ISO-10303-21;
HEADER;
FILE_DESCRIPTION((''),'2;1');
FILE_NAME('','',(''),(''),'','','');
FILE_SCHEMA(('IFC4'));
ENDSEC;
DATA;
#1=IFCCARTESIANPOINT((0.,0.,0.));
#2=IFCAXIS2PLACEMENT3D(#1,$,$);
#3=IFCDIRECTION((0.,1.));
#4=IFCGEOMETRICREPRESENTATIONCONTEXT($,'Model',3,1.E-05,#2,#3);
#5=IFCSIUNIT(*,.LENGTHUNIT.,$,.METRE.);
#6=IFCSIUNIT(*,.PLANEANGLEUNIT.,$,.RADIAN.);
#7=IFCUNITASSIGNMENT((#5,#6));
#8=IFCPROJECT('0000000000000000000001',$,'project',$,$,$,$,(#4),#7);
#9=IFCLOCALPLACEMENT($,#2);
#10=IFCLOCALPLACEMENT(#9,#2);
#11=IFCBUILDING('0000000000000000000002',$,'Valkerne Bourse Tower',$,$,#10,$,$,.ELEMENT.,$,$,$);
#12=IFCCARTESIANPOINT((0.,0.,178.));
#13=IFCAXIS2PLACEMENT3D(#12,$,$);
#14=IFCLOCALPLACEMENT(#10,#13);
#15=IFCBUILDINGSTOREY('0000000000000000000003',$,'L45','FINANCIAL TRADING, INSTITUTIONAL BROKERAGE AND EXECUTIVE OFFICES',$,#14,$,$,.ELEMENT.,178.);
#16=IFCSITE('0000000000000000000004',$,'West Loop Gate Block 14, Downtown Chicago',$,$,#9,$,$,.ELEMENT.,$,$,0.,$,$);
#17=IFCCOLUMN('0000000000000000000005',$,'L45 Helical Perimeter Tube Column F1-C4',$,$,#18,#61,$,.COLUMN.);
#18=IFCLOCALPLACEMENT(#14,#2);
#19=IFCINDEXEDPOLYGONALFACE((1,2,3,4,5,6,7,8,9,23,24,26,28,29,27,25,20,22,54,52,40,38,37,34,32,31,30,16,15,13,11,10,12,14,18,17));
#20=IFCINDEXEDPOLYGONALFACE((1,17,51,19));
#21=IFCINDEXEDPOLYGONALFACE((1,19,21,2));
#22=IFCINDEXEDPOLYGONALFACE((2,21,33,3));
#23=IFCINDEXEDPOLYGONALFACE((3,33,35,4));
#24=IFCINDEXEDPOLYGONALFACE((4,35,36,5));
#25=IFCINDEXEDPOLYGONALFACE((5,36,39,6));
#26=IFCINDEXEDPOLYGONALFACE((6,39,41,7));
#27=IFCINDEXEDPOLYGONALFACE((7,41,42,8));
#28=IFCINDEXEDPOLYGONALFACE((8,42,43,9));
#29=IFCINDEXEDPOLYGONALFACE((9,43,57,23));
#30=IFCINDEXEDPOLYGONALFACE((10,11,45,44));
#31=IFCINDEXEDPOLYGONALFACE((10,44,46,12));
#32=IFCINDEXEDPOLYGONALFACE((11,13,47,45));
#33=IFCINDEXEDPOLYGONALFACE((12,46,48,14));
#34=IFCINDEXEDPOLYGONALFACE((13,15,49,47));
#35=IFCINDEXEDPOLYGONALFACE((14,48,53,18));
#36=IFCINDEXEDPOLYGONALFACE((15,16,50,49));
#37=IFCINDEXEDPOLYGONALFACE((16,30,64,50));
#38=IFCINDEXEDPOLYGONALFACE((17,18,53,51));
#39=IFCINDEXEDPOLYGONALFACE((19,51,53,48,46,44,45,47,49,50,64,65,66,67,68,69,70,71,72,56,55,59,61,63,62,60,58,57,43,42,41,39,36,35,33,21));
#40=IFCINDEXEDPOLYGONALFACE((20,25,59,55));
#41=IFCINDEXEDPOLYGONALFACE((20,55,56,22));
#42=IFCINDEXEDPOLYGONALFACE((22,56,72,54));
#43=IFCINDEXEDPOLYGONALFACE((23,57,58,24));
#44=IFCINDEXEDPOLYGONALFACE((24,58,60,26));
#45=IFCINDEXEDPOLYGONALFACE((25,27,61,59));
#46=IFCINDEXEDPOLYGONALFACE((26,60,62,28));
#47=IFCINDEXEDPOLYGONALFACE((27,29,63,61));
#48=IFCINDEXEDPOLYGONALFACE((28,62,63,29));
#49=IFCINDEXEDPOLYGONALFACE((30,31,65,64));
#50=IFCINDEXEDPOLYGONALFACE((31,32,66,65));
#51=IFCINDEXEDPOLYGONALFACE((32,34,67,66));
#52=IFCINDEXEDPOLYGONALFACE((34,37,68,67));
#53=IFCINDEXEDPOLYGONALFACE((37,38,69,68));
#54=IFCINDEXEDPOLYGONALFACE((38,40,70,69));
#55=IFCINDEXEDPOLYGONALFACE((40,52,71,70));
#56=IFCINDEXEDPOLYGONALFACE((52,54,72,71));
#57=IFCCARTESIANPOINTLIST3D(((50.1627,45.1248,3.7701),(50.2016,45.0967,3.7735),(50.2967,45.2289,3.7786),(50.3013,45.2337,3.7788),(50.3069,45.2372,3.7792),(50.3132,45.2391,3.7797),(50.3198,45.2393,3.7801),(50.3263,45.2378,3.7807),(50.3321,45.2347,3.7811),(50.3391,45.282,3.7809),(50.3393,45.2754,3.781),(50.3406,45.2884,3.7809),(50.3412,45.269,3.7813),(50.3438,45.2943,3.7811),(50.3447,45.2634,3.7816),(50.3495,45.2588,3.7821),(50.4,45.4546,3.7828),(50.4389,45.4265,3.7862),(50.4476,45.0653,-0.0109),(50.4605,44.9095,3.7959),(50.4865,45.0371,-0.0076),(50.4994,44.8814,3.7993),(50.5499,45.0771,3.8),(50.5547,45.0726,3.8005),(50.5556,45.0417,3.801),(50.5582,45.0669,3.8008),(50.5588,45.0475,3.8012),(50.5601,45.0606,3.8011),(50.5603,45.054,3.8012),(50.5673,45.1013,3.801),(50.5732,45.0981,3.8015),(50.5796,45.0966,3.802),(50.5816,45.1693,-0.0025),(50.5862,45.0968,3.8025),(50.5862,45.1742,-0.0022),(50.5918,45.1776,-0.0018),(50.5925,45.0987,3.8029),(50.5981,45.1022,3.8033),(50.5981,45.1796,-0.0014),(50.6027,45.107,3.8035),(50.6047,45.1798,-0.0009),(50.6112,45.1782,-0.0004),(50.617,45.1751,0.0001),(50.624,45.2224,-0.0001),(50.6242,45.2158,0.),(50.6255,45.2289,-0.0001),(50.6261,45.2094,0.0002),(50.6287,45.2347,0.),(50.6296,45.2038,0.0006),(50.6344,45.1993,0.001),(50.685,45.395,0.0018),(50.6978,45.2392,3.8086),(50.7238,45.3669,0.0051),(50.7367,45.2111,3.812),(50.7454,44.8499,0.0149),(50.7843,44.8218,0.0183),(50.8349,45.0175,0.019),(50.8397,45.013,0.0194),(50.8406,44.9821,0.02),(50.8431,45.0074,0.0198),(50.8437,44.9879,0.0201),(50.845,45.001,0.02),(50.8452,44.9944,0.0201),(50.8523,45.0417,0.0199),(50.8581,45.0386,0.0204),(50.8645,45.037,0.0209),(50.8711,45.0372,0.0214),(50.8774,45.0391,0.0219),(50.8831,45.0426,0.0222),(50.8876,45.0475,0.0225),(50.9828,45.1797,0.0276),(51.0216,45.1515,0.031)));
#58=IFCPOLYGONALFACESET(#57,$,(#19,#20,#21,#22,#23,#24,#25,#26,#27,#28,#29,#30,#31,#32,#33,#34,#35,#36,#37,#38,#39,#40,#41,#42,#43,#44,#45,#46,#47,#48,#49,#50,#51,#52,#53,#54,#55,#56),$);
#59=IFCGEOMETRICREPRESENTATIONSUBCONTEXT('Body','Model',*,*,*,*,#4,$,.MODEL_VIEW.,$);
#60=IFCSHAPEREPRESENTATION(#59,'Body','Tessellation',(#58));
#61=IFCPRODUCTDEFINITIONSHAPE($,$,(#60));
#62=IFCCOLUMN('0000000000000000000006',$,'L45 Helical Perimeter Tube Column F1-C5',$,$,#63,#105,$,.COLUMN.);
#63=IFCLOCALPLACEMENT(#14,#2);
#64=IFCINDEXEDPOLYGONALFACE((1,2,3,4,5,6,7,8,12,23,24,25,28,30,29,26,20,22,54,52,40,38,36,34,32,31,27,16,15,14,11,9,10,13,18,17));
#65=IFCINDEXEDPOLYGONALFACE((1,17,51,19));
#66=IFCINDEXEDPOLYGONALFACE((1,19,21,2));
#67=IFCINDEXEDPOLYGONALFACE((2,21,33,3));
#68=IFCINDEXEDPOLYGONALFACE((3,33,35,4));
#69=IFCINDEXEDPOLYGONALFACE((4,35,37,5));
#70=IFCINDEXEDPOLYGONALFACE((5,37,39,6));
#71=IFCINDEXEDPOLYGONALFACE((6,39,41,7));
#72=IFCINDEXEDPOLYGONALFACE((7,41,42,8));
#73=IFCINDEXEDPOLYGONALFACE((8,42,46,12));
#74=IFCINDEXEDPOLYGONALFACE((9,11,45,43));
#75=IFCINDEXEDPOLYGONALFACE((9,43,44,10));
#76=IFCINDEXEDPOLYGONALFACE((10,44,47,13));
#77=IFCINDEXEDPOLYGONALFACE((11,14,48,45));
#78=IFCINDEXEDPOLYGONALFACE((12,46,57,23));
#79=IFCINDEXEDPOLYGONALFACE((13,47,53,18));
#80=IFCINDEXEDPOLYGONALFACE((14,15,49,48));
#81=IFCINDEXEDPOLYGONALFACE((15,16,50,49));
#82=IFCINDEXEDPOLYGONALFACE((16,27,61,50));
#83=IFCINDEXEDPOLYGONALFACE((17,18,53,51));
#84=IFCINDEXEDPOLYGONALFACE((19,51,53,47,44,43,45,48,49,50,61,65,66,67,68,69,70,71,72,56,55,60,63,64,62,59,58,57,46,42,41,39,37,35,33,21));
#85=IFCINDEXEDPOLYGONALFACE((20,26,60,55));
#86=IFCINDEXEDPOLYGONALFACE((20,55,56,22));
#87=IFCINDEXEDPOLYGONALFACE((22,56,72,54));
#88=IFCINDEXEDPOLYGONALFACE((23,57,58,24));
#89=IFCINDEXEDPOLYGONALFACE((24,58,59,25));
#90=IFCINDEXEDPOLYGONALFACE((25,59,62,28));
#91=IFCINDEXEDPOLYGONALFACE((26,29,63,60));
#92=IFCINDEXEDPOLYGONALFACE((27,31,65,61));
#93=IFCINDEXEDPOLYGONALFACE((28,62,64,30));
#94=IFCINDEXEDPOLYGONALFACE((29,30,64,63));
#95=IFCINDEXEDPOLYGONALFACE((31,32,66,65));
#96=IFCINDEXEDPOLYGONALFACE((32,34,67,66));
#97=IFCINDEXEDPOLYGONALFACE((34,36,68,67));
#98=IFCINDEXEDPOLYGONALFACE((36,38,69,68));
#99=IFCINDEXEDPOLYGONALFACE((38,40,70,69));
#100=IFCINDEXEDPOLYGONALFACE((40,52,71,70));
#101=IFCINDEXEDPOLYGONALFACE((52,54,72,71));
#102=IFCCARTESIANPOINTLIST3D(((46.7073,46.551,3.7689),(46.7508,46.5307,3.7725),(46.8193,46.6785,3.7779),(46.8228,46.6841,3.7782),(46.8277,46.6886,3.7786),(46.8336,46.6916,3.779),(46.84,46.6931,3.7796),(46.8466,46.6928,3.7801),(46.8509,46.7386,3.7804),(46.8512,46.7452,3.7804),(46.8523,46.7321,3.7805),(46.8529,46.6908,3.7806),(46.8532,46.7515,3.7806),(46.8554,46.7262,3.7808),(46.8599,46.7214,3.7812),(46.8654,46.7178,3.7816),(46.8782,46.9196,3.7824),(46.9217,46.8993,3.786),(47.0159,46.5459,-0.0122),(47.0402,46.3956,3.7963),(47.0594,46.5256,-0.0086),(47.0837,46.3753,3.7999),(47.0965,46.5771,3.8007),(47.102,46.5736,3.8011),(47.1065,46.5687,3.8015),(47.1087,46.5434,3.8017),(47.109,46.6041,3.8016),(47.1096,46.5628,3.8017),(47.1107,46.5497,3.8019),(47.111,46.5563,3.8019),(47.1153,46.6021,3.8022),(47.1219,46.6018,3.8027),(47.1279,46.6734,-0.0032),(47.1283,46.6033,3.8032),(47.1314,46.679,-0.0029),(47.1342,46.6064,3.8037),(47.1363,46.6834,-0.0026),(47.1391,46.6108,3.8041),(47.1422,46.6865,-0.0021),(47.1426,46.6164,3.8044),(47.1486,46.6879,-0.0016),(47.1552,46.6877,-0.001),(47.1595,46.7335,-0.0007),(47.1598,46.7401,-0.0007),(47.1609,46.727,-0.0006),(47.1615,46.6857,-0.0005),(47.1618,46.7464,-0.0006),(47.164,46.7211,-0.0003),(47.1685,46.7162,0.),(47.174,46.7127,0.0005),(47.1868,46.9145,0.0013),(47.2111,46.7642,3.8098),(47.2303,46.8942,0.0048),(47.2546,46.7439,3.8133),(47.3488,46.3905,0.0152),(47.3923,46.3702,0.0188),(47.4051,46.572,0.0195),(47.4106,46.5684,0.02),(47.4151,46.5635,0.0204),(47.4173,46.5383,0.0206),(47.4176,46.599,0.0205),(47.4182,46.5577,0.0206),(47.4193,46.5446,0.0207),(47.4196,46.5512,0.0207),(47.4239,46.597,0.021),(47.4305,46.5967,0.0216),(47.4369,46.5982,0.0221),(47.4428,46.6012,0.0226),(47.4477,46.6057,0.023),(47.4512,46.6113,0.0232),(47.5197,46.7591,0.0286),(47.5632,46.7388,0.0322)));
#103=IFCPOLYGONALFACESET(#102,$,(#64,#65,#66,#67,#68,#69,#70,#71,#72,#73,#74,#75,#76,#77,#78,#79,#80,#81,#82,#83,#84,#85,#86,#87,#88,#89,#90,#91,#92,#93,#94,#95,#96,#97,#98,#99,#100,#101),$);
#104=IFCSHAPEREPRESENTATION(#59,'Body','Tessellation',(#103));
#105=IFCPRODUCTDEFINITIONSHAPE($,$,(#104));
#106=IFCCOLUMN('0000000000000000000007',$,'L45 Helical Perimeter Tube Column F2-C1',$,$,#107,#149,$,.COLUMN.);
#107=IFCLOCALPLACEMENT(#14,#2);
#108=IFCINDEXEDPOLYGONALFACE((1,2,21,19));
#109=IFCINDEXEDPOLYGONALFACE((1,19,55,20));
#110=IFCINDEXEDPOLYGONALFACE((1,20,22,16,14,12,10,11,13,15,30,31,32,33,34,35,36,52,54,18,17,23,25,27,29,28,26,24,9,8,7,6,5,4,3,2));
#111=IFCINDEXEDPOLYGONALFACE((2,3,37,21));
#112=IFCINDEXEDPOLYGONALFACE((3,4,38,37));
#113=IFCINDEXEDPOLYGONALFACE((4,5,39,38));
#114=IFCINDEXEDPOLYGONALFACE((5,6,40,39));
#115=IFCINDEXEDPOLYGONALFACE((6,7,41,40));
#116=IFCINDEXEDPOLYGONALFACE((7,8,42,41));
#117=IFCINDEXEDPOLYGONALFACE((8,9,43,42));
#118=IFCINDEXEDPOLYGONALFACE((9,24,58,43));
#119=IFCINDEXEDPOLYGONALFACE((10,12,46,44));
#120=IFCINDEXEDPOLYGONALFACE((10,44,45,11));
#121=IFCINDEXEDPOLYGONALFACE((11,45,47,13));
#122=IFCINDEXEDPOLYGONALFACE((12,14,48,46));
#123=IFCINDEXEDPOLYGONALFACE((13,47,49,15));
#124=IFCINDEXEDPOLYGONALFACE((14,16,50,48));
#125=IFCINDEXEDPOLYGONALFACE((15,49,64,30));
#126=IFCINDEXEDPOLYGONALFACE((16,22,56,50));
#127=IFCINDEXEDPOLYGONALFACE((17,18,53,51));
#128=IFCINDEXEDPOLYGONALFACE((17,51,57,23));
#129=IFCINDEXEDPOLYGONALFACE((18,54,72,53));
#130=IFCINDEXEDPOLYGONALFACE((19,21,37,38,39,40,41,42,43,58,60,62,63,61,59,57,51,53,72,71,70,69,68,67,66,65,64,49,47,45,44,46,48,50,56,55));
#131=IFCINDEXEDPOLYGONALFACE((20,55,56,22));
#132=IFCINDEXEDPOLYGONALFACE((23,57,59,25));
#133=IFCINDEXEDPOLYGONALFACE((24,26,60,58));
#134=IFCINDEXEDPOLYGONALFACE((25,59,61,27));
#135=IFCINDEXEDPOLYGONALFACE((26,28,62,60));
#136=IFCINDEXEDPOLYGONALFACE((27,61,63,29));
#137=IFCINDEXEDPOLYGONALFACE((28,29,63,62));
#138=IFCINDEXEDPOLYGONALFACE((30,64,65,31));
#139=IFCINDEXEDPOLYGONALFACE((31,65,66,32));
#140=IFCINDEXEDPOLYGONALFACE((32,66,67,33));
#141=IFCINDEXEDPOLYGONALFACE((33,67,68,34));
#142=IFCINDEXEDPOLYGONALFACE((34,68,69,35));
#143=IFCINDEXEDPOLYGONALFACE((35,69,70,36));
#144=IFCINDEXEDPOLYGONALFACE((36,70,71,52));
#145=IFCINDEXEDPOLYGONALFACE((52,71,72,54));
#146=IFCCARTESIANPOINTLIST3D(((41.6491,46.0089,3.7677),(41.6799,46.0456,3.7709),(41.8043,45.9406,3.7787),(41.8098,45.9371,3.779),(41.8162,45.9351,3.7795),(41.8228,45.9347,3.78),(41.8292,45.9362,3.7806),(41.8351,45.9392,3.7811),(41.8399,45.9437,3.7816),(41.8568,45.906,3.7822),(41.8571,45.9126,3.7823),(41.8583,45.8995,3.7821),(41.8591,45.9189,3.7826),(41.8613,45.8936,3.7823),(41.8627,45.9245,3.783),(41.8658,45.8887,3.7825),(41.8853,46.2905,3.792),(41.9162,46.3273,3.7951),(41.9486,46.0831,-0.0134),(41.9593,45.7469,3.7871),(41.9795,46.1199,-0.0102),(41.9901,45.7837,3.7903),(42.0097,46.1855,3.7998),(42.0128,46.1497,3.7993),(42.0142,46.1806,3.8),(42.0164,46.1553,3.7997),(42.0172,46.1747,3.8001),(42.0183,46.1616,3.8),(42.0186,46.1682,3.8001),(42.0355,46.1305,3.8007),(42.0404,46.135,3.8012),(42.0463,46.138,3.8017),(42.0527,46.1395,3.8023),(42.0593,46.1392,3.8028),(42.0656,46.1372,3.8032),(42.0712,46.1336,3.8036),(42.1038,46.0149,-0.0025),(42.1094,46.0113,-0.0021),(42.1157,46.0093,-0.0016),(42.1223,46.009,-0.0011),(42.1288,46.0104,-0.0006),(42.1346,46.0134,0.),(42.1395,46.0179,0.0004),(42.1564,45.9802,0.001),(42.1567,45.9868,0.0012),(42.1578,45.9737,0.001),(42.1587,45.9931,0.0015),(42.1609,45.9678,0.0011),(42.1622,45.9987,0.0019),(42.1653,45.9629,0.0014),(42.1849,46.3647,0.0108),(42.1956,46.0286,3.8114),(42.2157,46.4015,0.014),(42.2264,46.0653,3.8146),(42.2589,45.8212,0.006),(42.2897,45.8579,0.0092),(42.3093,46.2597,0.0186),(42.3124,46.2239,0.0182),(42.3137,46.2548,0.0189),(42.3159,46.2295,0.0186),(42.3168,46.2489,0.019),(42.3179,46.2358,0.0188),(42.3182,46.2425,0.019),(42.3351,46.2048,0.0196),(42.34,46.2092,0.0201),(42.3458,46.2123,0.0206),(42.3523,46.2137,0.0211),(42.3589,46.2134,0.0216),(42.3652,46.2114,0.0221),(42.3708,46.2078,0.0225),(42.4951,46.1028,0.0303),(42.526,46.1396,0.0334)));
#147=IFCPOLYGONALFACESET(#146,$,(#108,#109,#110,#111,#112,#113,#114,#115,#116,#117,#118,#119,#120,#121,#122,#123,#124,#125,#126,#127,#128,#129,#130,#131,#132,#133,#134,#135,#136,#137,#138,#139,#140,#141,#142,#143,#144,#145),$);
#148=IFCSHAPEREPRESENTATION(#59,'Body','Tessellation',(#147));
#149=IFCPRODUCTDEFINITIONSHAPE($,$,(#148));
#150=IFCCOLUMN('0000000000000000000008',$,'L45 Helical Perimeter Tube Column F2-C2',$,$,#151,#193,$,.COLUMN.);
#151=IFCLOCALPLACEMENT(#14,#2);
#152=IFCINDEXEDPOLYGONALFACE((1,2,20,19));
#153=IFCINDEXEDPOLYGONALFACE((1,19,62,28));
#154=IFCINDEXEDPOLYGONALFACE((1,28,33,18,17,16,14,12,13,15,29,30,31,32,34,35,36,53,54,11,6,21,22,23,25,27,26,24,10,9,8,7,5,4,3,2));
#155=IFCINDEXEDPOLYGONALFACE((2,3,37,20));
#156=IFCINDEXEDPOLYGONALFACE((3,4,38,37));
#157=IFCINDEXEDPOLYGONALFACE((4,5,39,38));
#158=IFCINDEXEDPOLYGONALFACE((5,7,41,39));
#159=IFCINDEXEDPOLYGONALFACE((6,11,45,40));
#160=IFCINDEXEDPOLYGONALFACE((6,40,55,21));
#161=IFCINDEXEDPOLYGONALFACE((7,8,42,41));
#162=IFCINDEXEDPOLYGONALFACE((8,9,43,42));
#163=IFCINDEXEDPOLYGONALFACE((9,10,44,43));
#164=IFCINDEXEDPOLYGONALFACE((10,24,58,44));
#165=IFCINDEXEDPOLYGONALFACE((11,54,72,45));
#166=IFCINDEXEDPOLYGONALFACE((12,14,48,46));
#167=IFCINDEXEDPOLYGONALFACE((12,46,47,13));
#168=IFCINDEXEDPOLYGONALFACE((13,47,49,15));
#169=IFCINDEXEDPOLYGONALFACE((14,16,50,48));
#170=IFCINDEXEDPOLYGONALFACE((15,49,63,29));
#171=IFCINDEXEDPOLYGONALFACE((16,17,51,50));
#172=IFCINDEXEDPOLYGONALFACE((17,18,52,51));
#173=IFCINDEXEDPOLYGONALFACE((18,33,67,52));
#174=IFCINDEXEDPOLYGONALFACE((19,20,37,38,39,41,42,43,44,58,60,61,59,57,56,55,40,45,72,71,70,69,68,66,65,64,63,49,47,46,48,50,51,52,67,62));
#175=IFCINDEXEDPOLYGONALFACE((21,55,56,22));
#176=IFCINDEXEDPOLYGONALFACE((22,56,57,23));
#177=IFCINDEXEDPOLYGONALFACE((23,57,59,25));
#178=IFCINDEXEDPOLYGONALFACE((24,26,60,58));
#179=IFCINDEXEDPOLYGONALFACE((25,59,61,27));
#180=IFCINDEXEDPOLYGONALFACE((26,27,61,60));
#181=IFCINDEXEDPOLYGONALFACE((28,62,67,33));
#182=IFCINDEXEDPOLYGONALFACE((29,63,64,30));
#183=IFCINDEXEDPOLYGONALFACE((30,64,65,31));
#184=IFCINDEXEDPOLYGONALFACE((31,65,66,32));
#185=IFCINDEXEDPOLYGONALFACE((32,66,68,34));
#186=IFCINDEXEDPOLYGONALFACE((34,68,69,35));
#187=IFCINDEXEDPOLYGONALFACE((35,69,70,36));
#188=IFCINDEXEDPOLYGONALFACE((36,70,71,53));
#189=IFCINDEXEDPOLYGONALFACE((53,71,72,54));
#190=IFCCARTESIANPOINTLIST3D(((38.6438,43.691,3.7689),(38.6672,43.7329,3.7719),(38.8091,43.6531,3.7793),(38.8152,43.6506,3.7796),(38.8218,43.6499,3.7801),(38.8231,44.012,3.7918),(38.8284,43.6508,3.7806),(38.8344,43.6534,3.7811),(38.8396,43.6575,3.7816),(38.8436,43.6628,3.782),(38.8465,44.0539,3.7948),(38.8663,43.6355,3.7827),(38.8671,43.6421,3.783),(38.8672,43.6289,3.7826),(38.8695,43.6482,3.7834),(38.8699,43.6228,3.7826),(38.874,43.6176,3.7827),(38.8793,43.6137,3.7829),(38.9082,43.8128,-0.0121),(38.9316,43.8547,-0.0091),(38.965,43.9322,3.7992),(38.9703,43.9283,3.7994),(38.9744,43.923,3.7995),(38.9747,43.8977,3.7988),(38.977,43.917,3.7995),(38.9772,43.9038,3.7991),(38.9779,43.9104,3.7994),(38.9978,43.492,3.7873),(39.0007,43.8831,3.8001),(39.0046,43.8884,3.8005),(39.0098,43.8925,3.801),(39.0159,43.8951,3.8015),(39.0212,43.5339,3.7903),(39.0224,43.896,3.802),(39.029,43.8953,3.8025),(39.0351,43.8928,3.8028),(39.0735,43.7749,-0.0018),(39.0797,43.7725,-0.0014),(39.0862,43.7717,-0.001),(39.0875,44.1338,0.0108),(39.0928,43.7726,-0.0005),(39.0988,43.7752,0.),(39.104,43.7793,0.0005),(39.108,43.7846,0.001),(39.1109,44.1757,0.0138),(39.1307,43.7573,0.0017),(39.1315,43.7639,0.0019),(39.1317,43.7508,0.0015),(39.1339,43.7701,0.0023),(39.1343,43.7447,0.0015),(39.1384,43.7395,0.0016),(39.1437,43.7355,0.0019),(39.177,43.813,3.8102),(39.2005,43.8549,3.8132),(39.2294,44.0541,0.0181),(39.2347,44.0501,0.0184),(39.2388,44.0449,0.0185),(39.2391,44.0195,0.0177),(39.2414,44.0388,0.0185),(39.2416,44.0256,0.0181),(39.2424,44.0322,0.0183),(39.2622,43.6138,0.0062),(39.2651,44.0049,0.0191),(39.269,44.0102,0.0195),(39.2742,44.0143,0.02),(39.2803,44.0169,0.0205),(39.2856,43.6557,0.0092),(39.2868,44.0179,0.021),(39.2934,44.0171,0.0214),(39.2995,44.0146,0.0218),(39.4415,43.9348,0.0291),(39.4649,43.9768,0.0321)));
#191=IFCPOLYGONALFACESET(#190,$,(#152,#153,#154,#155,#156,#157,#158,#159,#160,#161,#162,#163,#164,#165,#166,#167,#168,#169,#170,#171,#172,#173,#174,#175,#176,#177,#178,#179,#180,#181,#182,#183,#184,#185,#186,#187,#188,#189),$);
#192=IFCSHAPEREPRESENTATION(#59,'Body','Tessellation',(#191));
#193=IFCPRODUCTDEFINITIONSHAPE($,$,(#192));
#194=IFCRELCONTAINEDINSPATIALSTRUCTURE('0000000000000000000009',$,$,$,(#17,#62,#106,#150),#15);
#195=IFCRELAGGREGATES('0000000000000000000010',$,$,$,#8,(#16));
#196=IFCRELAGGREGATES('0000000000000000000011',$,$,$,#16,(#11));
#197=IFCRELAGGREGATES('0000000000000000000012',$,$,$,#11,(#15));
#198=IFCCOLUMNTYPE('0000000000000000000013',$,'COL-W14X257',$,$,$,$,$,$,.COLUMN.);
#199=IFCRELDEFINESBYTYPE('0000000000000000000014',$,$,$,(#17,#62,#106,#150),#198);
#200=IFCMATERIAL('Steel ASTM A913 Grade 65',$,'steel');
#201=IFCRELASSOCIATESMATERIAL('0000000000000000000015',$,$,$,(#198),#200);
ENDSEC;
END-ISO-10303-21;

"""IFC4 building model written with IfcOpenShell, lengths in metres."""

from ifc_helpers import new_model, si_unit, direction, frame, origin, origin_2d, place, context, subcontext, project, spatial, i_section, extrude, material, material_profile, profile_set, type_object, element, save


model = new_model("IFC4")

# Units and contexts
model_context = context("Model", 3, precision=1e-05, world=origin(), true_north=direction((0.0, 1.0)))
body_context = subcontext(model_context, "Body", "Model", "MODEL_VIEW")
ifc_project = project(units=[si_unit("LENGTHUNIT", "METRE"), si_unit("PLANEANGLEUNIT", "RADIAN")], contexts=[model_context])

# Site, building, storey
site_placement = place(None, origin())
site = spatial("IfcSite", under=ifc_project, at=site_placement, Name="West Loop Gate Block 14, Downtown Chicago", CompositionType="ELEMENT", RefElevation=0.0)
building_placement = place(site_placement, origin())
building = spatial("IfcBuilding", under=site, at=building_placement, Name="Valkerne Bourse Tower", CompositionType="ELEMENT")
storey_placement = place(building_placement, frame((0.0, 0.0, 178.0)))
storey = spatial("IfcBuildingStorey", under=building, at=storey_placement, Name="L45", Description="FINANCIAL TRADING, INSTITUTIONAL BROKERAGE AND EXECUTIVE OFFICES", CompositionType="ELEMENT", Elevation=178.0)

# Columns
ifc_material_1 = material(Name="Steel ASTM A913 Grade 65", Category="steel")
ifc_material_profile_1 = material_profile(ifc_material_1, i_section(OverallWidth=0.4065, OverallDepth=0.4165, WebThickness=0.0298, FlangeThickness=0.0481, FilletRadius=0.0254, at=origin_2d()), Name="W14X257")
ifc_profile_set_1 = profile_set([ifc_material_profile_1], Name="Steel ASTM A913 Grade 65")
column_type = type_object("IfcColumnType", Name="COL-W14X257", PredefinedType="COLUMN", material=ifc_profile_set_1)
column_1_placement = place(storey_placement, frame((50.7346, 45.1084, 0.01), z_axis=(-0.075131, 0.015709, 0.99705), x_axis=(0.583917, 0.811213, 0.031219)))
element("IfcColumn", 1, at=column_1_placement, inside=storey, type_object=column_type, Name="L45 Helical Perimeter Tube Column F1-C4", PredefinedType="COLUMN", context=body_context, shape_type="SweptSolid", body=[
    extrude(i_section(OverallWidth=0.4065, OverallDepth=0.4165, WebThickness=0.0298, FlangeThickness=0.0481, FilletRadius=0.0254, at=origin_2d()), origin(), (0.0, 0.0, 1.0), 3.7922),
])
for number, where, z_axis, x_axis, name in (
    (2, (47.2896, 46.6423, 0.01), (-0.081346, 0.001351, 0.996685), (0.420508, 0.906685, 0.033091), "L45 Helical Perimeter Tube Column F1-C5"),
    (3, (42.2373, 46.1113, 0.01), (-0.078965, -0.019564, 0.996685), (-0.763202, 0.644388, -0.047818), "L45 Helical Perimeter Tube Column F2-C1"),
):
    element("IfcColumn", number, at=place(storey_placement, frame(where, z_axis=z_axis, x_axis=x_axis)), inside=storey, type_object=column_type, Name=name, PredefinedType="COLUMN", context=body_context, shape_type="SweptSolid", body=[
        extrude(i_section(OverallWidth=0.4065, OverallDepth=0.4165, WebThickness=0.0298, FlangeThickness=0.0481, FilletRadius=0.0254, at=origin_2d()), origin(), (0.0, 0.0, 1.0), 3.7937),
    ])
column_2_placement = place(storey_placement, frame((39.1865, 43.8948, 0.01), z_axis=(-0.069723, -0.032125, 0.997049), x_axis=(-0.87082, 0.489526, -0.045123)))
element("IfcColumn", 4, at=column_2_placement, inside=storey, type_object=column_type, Name="L45 Helical Perimeter Tube Column F2-C2", PredefinedType="COLUMN", context=body_context, shape_type="SweptSolid", body=[
    extrude(i_section(OverallWidth=0.4065, OverallDepth=0.4165, WebThickness=0.0298, FlangeThickness=0.0481, FilletRadius=0.0254, at=origin_2d()), origin(), (0.0, 0.0, 1.0), 3.7922),
])

save(model, "model.ifc")
